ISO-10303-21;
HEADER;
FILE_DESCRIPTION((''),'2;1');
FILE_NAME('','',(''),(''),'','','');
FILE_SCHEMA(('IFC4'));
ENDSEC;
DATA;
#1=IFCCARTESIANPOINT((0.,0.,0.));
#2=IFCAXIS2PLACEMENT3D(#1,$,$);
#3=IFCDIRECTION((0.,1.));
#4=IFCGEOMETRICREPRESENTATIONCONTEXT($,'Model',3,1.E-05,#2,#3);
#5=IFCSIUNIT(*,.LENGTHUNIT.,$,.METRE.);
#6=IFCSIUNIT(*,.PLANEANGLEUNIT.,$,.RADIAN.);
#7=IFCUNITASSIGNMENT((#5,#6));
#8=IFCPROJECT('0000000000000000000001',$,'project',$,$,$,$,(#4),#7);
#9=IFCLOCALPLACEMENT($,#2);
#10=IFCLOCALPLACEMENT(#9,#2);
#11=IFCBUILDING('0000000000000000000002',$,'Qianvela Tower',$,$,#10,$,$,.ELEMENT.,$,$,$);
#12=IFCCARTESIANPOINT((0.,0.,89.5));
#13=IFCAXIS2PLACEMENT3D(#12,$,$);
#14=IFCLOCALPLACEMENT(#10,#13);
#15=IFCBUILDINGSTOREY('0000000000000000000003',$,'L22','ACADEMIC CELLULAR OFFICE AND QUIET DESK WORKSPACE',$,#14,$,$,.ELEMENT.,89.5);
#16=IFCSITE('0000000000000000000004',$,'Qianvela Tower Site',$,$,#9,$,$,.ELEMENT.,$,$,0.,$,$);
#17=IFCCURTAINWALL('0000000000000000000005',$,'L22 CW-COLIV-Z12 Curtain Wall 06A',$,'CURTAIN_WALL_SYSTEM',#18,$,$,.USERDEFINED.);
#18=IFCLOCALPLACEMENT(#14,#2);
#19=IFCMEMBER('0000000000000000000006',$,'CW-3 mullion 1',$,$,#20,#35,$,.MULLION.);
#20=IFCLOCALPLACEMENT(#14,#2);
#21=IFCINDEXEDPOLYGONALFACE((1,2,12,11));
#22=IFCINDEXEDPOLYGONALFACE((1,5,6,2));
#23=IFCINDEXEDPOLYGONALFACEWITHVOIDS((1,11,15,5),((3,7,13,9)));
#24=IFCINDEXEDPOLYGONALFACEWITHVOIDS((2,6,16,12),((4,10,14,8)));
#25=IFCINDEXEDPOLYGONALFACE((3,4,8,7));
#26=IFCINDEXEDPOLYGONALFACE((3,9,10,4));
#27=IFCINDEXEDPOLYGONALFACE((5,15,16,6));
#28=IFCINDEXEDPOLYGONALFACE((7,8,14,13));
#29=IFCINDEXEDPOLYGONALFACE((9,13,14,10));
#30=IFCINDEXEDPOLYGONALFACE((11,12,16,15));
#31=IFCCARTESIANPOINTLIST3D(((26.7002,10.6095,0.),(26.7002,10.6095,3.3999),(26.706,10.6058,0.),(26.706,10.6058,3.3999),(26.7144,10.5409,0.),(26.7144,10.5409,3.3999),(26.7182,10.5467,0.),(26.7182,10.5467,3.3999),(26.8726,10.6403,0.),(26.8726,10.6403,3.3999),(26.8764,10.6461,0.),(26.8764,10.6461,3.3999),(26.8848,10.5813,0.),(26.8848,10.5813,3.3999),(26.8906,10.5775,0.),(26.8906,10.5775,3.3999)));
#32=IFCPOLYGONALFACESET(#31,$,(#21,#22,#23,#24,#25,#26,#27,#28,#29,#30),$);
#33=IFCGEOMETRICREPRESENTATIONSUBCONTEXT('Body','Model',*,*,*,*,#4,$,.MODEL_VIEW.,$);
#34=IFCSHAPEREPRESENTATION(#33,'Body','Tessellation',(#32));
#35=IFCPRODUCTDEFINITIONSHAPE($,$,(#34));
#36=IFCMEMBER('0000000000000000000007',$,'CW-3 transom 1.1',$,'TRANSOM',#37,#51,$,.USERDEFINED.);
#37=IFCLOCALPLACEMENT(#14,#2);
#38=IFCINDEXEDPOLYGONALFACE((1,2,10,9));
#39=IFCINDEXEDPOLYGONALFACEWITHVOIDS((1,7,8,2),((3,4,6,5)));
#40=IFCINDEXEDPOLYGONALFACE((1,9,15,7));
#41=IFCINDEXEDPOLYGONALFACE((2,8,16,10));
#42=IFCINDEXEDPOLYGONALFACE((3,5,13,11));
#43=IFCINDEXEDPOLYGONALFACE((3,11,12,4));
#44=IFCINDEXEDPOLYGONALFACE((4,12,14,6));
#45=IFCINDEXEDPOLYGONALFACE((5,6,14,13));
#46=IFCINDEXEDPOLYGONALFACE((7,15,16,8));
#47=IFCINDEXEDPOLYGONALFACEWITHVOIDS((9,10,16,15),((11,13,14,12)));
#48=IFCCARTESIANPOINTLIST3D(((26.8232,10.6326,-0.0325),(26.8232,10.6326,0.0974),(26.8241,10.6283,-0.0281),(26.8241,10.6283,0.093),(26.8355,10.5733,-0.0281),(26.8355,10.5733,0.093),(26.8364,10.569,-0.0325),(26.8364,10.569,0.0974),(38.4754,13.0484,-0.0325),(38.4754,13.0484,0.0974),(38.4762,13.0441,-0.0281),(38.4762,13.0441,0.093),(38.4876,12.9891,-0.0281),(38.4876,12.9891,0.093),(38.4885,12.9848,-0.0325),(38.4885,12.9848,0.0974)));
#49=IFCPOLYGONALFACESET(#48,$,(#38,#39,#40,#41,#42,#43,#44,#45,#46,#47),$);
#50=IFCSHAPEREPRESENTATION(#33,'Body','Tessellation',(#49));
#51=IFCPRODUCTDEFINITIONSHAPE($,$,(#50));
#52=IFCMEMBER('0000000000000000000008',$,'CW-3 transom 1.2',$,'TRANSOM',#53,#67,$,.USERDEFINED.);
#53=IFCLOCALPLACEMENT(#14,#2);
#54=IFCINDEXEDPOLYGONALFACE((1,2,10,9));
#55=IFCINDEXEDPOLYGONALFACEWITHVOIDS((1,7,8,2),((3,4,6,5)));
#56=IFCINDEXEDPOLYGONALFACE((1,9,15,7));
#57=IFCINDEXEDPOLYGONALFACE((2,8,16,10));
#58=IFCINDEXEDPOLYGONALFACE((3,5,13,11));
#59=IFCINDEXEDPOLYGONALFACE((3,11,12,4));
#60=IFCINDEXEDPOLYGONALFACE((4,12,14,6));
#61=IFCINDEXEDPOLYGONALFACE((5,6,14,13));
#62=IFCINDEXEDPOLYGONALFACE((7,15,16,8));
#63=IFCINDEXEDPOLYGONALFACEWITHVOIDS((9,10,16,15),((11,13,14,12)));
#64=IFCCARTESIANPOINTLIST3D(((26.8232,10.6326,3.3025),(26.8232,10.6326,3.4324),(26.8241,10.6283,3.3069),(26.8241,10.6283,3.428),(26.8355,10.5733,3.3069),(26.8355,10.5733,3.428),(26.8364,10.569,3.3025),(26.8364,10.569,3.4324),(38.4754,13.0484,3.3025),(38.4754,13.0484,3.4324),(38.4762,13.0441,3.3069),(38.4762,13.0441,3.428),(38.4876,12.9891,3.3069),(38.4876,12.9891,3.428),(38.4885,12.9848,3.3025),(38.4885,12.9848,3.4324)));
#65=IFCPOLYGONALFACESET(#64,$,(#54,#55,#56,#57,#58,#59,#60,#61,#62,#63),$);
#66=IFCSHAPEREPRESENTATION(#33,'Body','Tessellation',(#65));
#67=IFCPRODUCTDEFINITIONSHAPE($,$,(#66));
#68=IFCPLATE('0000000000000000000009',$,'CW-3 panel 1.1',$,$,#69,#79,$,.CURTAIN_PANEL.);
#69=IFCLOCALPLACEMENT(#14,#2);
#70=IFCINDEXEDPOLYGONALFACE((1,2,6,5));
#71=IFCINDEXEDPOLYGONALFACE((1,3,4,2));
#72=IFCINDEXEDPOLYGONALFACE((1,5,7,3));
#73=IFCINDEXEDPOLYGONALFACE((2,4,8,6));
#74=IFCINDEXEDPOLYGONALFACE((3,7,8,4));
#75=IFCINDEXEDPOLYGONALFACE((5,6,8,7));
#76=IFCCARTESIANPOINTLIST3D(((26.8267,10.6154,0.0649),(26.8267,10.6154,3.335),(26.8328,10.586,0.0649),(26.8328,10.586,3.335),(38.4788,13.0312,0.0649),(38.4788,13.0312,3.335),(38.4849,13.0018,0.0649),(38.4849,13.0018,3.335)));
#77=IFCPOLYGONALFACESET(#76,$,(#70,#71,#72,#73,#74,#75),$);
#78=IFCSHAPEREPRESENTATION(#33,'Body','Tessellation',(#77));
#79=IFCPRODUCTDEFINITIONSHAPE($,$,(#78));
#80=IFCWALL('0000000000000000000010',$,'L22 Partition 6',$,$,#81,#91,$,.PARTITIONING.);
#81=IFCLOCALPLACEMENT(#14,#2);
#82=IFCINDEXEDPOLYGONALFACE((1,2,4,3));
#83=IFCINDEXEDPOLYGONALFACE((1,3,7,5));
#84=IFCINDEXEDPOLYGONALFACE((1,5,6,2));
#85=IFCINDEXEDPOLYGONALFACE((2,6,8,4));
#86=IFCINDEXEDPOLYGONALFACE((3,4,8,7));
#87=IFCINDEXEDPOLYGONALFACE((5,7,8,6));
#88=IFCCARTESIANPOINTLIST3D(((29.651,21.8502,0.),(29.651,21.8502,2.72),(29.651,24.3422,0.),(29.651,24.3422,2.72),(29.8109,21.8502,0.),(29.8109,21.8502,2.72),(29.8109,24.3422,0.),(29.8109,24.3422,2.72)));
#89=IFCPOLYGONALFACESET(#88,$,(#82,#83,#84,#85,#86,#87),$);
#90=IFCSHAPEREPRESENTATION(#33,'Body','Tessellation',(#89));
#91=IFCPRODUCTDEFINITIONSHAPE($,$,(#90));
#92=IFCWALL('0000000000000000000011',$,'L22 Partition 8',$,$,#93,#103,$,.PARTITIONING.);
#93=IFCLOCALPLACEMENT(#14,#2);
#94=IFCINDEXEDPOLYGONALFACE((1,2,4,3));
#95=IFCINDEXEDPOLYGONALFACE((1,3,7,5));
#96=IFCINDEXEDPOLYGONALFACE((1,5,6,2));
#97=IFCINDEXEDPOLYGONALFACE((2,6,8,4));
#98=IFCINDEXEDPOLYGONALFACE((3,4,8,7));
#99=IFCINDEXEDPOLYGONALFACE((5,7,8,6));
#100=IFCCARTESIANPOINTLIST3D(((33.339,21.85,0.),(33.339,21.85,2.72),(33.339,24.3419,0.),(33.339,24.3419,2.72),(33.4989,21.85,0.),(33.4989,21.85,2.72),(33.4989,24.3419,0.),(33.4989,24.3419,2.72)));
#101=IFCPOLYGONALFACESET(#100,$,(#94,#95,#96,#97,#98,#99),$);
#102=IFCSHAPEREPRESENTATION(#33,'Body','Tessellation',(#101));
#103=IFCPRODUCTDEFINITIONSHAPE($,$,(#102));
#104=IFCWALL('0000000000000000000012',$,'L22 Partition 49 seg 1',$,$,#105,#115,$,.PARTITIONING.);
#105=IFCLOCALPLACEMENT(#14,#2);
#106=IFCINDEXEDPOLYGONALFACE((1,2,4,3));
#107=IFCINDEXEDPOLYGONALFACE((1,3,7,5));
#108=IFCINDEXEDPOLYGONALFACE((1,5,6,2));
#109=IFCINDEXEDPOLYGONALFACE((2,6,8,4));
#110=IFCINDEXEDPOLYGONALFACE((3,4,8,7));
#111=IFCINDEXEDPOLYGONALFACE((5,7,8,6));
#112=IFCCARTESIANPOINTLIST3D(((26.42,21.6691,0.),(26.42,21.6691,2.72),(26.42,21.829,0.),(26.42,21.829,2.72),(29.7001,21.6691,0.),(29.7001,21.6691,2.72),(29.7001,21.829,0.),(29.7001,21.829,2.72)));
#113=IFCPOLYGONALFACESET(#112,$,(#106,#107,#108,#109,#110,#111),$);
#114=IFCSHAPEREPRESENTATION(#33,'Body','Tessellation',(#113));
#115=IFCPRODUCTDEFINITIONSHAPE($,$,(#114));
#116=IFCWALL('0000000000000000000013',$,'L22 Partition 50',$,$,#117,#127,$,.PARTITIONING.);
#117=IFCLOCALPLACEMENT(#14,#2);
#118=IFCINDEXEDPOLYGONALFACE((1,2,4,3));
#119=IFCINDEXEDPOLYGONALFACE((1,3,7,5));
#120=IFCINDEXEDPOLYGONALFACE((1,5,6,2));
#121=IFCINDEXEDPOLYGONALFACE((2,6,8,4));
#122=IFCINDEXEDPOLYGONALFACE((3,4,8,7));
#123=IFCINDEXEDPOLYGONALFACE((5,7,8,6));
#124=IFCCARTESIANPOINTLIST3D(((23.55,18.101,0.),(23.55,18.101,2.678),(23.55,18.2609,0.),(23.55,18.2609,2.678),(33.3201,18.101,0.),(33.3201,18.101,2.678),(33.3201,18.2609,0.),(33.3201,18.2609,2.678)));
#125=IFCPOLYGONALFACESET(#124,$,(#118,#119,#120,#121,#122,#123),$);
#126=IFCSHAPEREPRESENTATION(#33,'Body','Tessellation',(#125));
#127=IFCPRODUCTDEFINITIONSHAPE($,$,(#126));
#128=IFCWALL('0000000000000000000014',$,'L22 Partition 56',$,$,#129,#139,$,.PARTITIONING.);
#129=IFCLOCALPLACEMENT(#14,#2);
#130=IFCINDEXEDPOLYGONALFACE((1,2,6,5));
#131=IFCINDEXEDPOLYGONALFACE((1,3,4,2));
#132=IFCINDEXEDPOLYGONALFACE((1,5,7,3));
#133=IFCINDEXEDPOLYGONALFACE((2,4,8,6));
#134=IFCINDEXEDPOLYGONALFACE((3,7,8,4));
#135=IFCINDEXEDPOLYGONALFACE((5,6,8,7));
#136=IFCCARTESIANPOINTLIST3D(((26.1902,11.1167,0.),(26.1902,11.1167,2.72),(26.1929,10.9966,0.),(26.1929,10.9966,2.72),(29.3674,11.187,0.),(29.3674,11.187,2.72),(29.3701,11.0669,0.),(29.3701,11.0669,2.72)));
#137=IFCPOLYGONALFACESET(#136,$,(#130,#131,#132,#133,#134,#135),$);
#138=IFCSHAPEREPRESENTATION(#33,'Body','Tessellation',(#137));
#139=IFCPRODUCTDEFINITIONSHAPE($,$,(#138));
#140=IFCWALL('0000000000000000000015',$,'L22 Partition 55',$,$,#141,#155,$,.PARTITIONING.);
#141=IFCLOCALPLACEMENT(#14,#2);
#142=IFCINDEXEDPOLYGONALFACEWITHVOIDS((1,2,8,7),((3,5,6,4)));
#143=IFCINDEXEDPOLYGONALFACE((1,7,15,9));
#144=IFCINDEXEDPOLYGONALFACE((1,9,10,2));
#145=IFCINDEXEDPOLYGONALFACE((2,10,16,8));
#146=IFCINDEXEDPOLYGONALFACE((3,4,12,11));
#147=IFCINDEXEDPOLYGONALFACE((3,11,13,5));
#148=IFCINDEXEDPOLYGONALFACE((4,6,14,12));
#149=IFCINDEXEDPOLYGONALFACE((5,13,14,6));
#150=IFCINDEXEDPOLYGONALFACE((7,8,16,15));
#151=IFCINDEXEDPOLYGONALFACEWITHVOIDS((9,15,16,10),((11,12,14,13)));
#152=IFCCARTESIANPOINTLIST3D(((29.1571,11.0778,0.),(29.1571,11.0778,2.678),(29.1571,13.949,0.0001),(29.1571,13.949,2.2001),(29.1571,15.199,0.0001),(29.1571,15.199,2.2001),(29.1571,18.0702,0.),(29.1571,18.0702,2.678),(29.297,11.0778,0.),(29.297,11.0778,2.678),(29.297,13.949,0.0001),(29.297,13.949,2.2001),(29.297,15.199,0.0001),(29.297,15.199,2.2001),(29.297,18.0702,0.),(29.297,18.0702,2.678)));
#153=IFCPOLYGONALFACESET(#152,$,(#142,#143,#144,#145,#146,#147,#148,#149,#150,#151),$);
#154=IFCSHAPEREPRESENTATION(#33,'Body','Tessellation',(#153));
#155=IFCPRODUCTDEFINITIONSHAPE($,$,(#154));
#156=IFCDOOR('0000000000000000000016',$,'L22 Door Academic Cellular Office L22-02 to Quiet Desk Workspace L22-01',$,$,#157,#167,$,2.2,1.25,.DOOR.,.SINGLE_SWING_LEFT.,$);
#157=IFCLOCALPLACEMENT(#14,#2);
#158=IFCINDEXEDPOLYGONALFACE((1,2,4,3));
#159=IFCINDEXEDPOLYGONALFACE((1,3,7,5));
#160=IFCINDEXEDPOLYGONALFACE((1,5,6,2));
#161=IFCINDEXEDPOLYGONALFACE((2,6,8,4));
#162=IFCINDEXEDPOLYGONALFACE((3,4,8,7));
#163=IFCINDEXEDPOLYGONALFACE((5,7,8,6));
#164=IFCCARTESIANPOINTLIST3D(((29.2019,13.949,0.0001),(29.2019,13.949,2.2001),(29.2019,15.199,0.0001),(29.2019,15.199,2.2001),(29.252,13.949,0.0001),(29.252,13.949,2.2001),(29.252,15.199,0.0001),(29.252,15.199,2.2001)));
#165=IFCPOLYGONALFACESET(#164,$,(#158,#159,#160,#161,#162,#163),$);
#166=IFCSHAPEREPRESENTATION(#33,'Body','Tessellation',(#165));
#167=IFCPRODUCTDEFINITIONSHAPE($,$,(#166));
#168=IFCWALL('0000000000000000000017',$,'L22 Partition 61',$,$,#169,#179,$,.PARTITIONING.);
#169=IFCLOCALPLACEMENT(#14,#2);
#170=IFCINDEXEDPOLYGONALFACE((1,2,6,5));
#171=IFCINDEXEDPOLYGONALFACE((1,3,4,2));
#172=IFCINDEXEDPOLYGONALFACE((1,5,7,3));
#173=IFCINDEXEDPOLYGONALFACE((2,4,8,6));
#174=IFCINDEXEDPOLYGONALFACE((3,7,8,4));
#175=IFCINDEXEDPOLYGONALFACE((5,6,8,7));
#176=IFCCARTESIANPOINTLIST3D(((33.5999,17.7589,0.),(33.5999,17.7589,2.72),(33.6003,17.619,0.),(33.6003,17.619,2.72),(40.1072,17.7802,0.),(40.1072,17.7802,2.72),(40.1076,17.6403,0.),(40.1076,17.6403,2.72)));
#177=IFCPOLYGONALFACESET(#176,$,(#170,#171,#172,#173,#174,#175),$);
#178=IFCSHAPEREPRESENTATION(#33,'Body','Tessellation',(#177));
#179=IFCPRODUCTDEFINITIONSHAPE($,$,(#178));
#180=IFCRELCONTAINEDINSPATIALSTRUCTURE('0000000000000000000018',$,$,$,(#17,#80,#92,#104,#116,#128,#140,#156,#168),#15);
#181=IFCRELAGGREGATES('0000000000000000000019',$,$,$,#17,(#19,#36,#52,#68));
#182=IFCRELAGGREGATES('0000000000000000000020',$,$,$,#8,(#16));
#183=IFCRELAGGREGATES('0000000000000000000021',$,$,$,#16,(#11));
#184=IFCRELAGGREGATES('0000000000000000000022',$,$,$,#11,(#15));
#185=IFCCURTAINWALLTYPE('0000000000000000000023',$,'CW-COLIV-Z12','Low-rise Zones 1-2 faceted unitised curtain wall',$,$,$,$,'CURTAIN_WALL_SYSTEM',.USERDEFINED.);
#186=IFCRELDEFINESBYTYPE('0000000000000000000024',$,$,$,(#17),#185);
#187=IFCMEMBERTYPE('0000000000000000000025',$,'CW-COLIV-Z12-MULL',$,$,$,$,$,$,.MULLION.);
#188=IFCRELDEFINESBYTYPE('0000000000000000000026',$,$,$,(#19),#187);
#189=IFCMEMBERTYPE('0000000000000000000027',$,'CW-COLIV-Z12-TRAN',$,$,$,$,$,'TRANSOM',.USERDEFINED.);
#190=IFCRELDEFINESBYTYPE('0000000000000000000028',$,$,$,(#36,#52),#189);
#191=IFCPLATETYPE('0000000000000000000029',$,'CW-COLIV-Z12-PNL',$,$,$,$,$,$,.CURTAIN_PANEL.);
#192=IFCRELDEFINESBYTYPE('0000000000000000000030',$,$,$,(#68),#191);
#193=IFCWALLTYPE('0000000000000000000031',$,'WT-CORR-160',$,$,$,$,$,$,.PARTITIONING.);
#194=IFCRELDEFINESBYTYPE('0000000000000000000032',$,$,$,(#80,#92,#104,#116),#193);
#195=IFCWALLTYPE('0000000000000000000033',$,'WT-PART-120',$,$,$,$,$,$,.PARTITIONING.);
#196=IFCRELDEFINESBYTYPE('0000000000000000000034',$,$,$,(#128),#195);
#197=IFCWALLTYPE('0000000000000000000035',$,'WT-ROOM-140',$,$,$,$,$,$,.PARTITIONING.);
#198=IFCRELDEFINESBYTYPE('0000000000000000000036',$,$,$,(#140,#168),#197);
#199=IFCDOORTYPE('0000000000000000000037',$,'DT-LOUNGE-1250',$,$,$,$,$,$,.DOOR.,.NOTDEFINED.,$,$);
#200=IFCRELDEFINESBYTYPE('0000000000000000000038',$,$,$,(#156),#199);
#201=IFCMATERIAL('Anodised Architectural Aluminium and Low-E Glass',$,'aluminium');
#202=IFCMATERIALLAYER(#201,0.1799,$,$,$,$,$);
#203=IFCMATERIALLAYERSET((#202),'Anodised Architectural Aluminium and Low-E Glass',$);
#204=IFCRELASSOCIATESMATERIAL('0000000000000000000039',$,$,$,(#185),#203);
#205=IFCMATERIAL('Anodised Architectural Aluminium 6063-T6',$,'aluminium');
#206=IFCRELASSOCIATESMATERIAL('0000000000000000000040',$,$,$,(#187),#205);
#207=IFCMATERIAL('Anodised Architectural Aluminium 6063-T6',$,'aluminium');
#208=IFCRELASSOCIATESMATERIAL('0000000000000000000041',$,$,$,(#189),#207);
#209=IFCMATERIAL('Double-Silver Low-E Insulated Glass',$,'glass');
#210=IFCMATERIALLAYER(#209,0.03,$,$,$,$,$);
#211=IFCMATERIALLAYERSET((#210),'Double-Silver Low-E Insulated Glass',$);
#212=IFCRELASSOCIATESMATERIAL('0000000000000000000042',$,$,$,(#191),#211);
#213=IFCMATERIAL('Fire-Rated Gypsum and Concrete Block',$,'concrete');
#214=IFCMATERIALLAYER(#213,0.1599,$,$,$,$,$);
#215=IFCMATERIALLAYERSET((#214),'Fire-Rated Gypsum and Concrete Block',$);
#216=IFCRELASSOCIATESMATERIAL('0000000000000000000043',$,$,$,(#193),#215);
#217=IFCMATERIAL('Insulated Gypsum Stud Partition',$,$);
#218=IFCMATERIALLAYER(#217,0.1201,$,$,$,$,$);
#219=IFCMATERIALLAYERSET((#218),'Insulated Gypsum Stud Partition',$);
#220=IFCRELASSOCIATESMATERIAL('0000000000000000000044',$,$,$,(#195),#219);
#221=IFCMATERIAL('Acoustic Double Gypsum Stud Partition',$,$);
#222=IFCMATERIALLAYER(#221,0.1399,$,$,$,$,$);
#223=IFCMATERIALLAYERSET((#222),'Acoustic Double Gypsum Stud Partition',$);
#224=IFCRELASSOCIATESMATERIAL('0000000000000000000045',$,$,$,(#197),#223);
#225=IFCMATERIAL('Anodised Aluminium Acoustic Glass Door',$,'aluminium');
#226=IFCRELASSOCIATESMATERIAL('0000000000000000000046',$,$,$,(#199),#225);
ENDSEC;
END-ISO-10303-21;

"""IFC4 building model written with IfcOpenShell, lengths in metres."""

from ifc_helpers import new_model, si_unit, direction, frame, frame_2d, origin, origin_2d, place, context, subcontext, project, spatial, rectangle, hollow_rectangle, extrude, material, layer, layer_set, material_profile, profile_set, type_object, element, fill, aggregate, save


model = new_model("IFC4")

# Units and contexts
model_context = context("Model", 3, precision=1e-05, world=origin(), true_north=direction((0.0, 1.0)))
body_context = subcontext(model_context, "Body", "Model", "MODEL_VIEW")
ifc_project = project(units=[si_unit("LENGTHUNIT", "METRE"), si_unit("PLANEANGLEUNIT", "RADIAN")], contexts=[model_context])

# Site, building, storey
site_placement = place(None, origin())
site = spatial("IfcSite", under=ifc_project, at=site_placement, Name="Qianvela Tower Site", CompositionType="ELEMENT", RefElevation=0.0)
building_placement = place(site_placement, origin())
building = spatial("IfcBuilding", under=site, at=building_placement, Name="Qianvela Tower", CompositionType="ELEMENT")
storey_placement = place(building_placement, frame((0.0, 0.0, 89.5)))
storey = spatial("IfcBuildingStorey", under=building, at=storey_placement, Name="L22", Description="ACADEMIC CELLULAR OFFICE AND QUIET DESK WORKSPACE", CompositionType="ELEMENT", Elevation=89.5)

# Curtain wall, members, plate
ifc_material_1 = material(Name="Anodised Architectural Aluminium and Low-E Glass", Category="aluminium")
ifc_layer_1 = layer(ifc_material_1, 0.1799)
ifc_layer_set_1 = layer_set([ifc_layer_1], Name="Anodised Architectural Aluminium and Low-E Glass")
curtain_wall_type = type_object("IfcCurtainWallType", Name="CW-COLIV-Z12", Description="Low-rise Zones 1-2 faceted unitised curtain wall", ElementType="CURTAIN_WALL_SYSTEM", PredefinedType="USERDEFINED", material=ifc_layer_set_1)
curtain_wall_placement = place(storey_placement, origin())
curtain_wall = element("IfcCurtainWall", 1, at=curtain_wall_placement, inside=storey, type_object=curtain_wall_type, Name="L22 CW-COLIV-Z12 Curtain Wall 06A", ObjectType="CURTAIN_WALL_SYSTEM", PredefinedType="USERDEFINED")
ifc_material_2 = material(Name="Anodised Architectural Aluminium 6063-T6", Category="aluminium")
ifc_material_profile_1 = material_profile(ifc_material_2, hollow_rectangle(XDim=0.0701, YDim=0.1799, WallThickness=0.0049, at=origin_2d()), Name="ALU-MULL-70x180")
ifc_profile_set_1 = profile_set([ifc_material_profile_1], Name="Anodised Architectural Aluminium 6063-T6")
member_type_1 = type_object("IfcMemberType", Name="CW-COLIV-Z12-MULL", PredefinedType="MULLION", material=ifc_profile_set_1)
member_1_placement = place(storey_placement, frame((26.7954, 10.5935, 0.0), z_axis=(0.0, 0.0, 1.0), x_axis=(-0.203008, 0.979177, 0.0)))
member_1 = element("IfcMember", 2, at=member_1_placement, type_object=member_type_1, Name="CW-3 mullion 1", PredefinedType="MULLION", context=body_context, shape_type="SweptSolid", body=[
    extrude(hollow_rectangle(XDim=0.0701, YDim=0.1799, WallThickness=0.0049, at=origin_2d()), origin(), (0.0, 0.0, 1.0), 3.3999),
])
ifc_material_3 = material(Name="Anodised Architectural Aluminium 6063-T6", Category="aluminium")
ifc_material_profile_2 = material_profile(ifc_material_3, hollow_rectangle(XDim=0.0649, YDim=0.1299, WallThickness=0.0044, at=origin_2d()), Name="ALU-TRAN-65x130")
ifc_profile_set_2 = profile_set([ifc_material_profile_2], Name="Anodised Architectural Aluminium 6063-T6")
member_type_2 = type_object("IfcMemberType", Name="CW-COLIV-Z12-TRAN", ElementType="TRANSOM", PredefinedType="USERDEFINED", material=ifc_profile_set_2)
member_2_placement = place(storey_placement, frame((26.8298, 10.6008, 0.0325), z_axis=(0.979177, 0.203008, 0.0), x_axis=(-0.203008, 0.979177, 0.0)))
member_2 = element("IfcMember", 3, at=member_2_placement, type_object=member_type_2, Name="CW-3 transom 1.1", ObjectType="TRANSOM", PredefinedType="USERDEFINED", context=body_context, shape_type="SweptSolid", body=[
    extrude(hollow_rectangle(XDim=0.0649, YDim=0.1299, WallThickness=0.0044, at=origin_2d()), origin(), (0.0, 0.0, 1.0), 11.8999),
])
member_3_placement = place(storey_placement, frame((26.8298, 10.6008, 3.3674), z_axis=(0.979177, 0.203008, 0.0), x_axis=(-0.203008, 0.979177, 0.0)))
member_3 = element("IfcMember", 4, at=member_3_placement, type_object=member_type_2, Name="CW-3 transom 1.2", ObjectType="TRANSOM", PredefinedType="USERDEFINED", context=body_context, shape_type="SweptSolid", body=[
    extrude(hollow_rectangle(XDim=0.0649, YDim=0.1299, WallThickness=0.0044, at=origin_2d()), origin(), (0.0, 0.0, 1.0), 11.8999),
])
ifc_material_4 = material(Name="Double-Silver Low-E Insulated Glass", Category="glass")
ifc_layer_2 = layer(ifc_material_4, 0.03)
ifc_layer_set_2 = layer_set([ifc_layer_2], Name="Double-Silver Low-E Insulated Glass")
plate_type = type_object("IfcPlateType", Name="CW-COLIV-Z12-PNL", PredefinedType="CURTAIN_PANEL", material=ifc_layer_set_2)
plate_placement = place(storey_placement, frame((32.6558, 11.8086, 0.0649), z_axis=(0.0, 0.0, 1.0), x_axis=(0.979177, 0.203008, 0.0)))
plate = element("IfcPlate", 5, at=plate_placement, type_object=plate_type, Name="CW-3 panel 1.1", PredefinedType="CURTAIN_PANEL", context=body_context, shape_type="SweptSolid", body=[
    extrude(rectangle(XDim=11.8999, YDim=0.03, at=origin_2d()), origin(), (0.0, 0.0, 1.0), 3.27),
])
aggregate(curtain_wall, [member_1, member_2, member_3, plate])

# Shared definitions
ifc_material_5 = material(Name="Fire-Rated Gypsum and Concrete Block", Category="concrete")
ifc_layer_3 = layer(ifc_material_5, 0.1599)
ifc_layer_set_3 = layer_set([ifc_layer_3], Name="Fire-Rated Gypsum and Concrete Block")
wall_type_1 = type_object("IfcWallType", Name="WT-CORR-160", PredefinedType="PARTITIONING", material=ifc_layer_set_3)

# Walls
for number, where, z_axis, x_axis, name in (
    (6, (29.731, 21.8501, 0.0), (0.0, 0.0, 1.0), (0.0, 1.0, 0.0), "L22 Partition 6"),
    (7, (33.4189, 24.342, 0.0), (0.0, 0.0, 1.0), (0.0, -1.0, 0.0), "L22 Partition 8"),
):
    element("IfcWall", number, at=place(storey_placement, frame(where, z_axis=z_axis, x_axis=x_axis)), inside=storey, type_object=wall_type_1, Name=name, PredefinedType="PARTITIONING", context=body_context, shape_type="SweptSolid", body=[
        extrude(rectangle(XDim=2.4919, YDim=0.1599, at=frame_2d((1.2461, 0.0))), origin(), (0.0, 0.0, 1.0), 2.72),
    ])
wall_1_placement = place(storey_placement, frame((26.4199, 21.749, 0.0), z_axis=(0.0, 0.0, 1.0), x_axis=(1.0, 0.0, 0.0)))
element("IfcWall", 8, at=wall_1_placement, inside=storey, type_object=wall_type_1, Name="L22 Partition 49 seg 1", PredefinedType="PARTITIONING", context=body_context, shape_type="SweptSolid", body=[
    extrude(rectangle(XDim=3.28, YDim=0.1599, at=frame_2d((1.6401, 0.0))), origin(), (0.0, 0.0, 1.0), 2.72),
])
wall_2_placement = place(storey_placement, frame((33.3201, 18.1809, 0.0), z_axis=(0.0, 0.0, 1.0), x_axis=(-1.0, 0.0, 0.0)))
element("IfcWall", 9, at=wall_2_placement, inside=storey, type_object=wall_type_1, Name="L22 Partition 50", PredefinedType="PARTITIONING", context=body_context, shape_type="SweptSolid", body=[
    extrude(rectangle(XDim=9.77, YDim=0.1599, at=frame_2d((4.885, 0.0))), origin(), (0.0, 0.0, 1.0), 2.678),
])
ifc_material_6 = material(Name="Insulated Gypsum Stud Partition")
ifc_layer_4 = layer(ifc_material_6, 0.1201)
ifc_layer_set_4 = layer_set([ifc_layer_4], Name="Insulated Gypsum Stud Partition")
wall_type_2 = type_object("IfcWallType", Name="WT-PART-120", PredefinedType="PARTITIONING", material=ifc_layer_set_4)
wall_3_placement = place(storey_placement, frame((29.3687, 11.127, 0.0), z_axis=(0.0, 0.0, 1.0), x_axis=(-0.999755, -0.022125, 0.0)))
element("IfcWall", 10, at=wall_3_placement, inside=storey, type_object=wall_type_2, Name="L22 Partition 56", PredefinedType="PARTITIONING", context=body_context, shape_type="SweptSolid", body=[
    extrude(rectangle(XDim=3.178, YDim=0.1201, at=frame_2d((1.5889, 0.0))), origin(), (0.0, 0.0, 1.0), 2.72),
])

# Wall, opening, door
ifc_material_7 = material(Name="Acoustic Double Gypsum Stud Partition")
ifc_layer_5 = layer(ifc_material_7, 0.1399)
ifc_layer_set_5 = layer_set([ifc_layer_5], Name="Acoustic Double Gypsum Stud Partition")
wall_type_3 = type_object("IfcWallType", Name="WT-ROOM-140", PredefinedType="PARTITIONING", material=ifc_layer_set_5)
wall_4_placement = place(storey_placement, frame((29.2271, 18.0701, 0.0), z_axis=(0.0, 0.0, 1.0), x_axis=(0.0, -1.0, 0.0)))
wall_4 = element("IfcWall", 11, at=wall_4_placement, inside=storey, type_object=wall_type_3, Name="L22 Partition 55", PredefinedType="PARTITIONING", context=body_context, shape_type="SweptSolid", body=[
    extrude(rectangle(XDim=6.9924, YDim=0.1399, at=frame_2d((3.4961, 0.0))), origin(), (0.0, 0.0, 1.0), 2.678),
])
opening_1_placement = place(wall_4_placement, frame((2.8711, 0.0, 0.0)))
opening_1 = element("IfcOpeningElement", 12, at=opening_1_placement, cuts=wall_4, PredefinedType="OPENING", context=body_context, shape_type="SweptSolid", body=[
    extrude(rectangle(XDim=1.25, YDim=2.2, at=frame_2d((0.625, 1.1001))), frame((0.0, 0.0798, 0.0), z_axis=(0.0, -1.0, 0.0), x_axis=(1.0, 0.0, 0.0)), (0.0, 0.0, 1.0), 0.1599),
])
ifc_material_8 = material(Name="Anodised Aluminium Acoustic Glass Door", Category="aluminium")
door_type_1 = type_object("IfcDoorType", Name="DT-LOUNGE-1250", OperationType="NOTDEFINED", PredefinedType="DOOR", material=ifc_material_8)
door_1_placement = place(opening_1_placement, origin())
door_1 = element("IfcDoor", 13, at=door_1_placement, inside=storey, type_object=door_type_1, Name="L22 Door Academic Cellular Office L22-02 to Quiet Desk Workspace L22-01", OperationType="SINGLE_SWING_LEFT", OverallHeight=2.2, OverallWidth=1.25, PredefinedType="DOOR", context=body_context, shape_type="SweptSolid", body=[
    extrude(rectangle(XDim=1.25, YDim=2.2, at=frame_2d((0.625, 1.1001))), frame((0.0, 0.0249, 0.0), z_axis=(0.0, -1.0, 0.0), x_axis=(1.0, 0.0, 0.0)), (0.0, 0.0, 1.0), 0.05),
])
fill(opening_1, door_1)

# Wall
wall_5_placement = place(storey_placement, frame((33.6001, 17.689, 0.0), z_axis=(0.0, 0.0, 1.0), x_axis=(0.999995, 0.003264, 0.0)))
element("IfcWall", 14, at=wall_5_placement, inside=storey, type_object=wall_type_3, Name="L22 Partition 61", PredefinedType="PARTITIONING", context=body_context, shape_type="SweptSolid", body=[
    extrude(rectangle(XDim=6.5073, YDim=0.1399, at=frame_2d((3.2537, 0.0))), origin(), (0.0, 0.0, 1.0), 2.72),
])

save(model, "model.ifc")
